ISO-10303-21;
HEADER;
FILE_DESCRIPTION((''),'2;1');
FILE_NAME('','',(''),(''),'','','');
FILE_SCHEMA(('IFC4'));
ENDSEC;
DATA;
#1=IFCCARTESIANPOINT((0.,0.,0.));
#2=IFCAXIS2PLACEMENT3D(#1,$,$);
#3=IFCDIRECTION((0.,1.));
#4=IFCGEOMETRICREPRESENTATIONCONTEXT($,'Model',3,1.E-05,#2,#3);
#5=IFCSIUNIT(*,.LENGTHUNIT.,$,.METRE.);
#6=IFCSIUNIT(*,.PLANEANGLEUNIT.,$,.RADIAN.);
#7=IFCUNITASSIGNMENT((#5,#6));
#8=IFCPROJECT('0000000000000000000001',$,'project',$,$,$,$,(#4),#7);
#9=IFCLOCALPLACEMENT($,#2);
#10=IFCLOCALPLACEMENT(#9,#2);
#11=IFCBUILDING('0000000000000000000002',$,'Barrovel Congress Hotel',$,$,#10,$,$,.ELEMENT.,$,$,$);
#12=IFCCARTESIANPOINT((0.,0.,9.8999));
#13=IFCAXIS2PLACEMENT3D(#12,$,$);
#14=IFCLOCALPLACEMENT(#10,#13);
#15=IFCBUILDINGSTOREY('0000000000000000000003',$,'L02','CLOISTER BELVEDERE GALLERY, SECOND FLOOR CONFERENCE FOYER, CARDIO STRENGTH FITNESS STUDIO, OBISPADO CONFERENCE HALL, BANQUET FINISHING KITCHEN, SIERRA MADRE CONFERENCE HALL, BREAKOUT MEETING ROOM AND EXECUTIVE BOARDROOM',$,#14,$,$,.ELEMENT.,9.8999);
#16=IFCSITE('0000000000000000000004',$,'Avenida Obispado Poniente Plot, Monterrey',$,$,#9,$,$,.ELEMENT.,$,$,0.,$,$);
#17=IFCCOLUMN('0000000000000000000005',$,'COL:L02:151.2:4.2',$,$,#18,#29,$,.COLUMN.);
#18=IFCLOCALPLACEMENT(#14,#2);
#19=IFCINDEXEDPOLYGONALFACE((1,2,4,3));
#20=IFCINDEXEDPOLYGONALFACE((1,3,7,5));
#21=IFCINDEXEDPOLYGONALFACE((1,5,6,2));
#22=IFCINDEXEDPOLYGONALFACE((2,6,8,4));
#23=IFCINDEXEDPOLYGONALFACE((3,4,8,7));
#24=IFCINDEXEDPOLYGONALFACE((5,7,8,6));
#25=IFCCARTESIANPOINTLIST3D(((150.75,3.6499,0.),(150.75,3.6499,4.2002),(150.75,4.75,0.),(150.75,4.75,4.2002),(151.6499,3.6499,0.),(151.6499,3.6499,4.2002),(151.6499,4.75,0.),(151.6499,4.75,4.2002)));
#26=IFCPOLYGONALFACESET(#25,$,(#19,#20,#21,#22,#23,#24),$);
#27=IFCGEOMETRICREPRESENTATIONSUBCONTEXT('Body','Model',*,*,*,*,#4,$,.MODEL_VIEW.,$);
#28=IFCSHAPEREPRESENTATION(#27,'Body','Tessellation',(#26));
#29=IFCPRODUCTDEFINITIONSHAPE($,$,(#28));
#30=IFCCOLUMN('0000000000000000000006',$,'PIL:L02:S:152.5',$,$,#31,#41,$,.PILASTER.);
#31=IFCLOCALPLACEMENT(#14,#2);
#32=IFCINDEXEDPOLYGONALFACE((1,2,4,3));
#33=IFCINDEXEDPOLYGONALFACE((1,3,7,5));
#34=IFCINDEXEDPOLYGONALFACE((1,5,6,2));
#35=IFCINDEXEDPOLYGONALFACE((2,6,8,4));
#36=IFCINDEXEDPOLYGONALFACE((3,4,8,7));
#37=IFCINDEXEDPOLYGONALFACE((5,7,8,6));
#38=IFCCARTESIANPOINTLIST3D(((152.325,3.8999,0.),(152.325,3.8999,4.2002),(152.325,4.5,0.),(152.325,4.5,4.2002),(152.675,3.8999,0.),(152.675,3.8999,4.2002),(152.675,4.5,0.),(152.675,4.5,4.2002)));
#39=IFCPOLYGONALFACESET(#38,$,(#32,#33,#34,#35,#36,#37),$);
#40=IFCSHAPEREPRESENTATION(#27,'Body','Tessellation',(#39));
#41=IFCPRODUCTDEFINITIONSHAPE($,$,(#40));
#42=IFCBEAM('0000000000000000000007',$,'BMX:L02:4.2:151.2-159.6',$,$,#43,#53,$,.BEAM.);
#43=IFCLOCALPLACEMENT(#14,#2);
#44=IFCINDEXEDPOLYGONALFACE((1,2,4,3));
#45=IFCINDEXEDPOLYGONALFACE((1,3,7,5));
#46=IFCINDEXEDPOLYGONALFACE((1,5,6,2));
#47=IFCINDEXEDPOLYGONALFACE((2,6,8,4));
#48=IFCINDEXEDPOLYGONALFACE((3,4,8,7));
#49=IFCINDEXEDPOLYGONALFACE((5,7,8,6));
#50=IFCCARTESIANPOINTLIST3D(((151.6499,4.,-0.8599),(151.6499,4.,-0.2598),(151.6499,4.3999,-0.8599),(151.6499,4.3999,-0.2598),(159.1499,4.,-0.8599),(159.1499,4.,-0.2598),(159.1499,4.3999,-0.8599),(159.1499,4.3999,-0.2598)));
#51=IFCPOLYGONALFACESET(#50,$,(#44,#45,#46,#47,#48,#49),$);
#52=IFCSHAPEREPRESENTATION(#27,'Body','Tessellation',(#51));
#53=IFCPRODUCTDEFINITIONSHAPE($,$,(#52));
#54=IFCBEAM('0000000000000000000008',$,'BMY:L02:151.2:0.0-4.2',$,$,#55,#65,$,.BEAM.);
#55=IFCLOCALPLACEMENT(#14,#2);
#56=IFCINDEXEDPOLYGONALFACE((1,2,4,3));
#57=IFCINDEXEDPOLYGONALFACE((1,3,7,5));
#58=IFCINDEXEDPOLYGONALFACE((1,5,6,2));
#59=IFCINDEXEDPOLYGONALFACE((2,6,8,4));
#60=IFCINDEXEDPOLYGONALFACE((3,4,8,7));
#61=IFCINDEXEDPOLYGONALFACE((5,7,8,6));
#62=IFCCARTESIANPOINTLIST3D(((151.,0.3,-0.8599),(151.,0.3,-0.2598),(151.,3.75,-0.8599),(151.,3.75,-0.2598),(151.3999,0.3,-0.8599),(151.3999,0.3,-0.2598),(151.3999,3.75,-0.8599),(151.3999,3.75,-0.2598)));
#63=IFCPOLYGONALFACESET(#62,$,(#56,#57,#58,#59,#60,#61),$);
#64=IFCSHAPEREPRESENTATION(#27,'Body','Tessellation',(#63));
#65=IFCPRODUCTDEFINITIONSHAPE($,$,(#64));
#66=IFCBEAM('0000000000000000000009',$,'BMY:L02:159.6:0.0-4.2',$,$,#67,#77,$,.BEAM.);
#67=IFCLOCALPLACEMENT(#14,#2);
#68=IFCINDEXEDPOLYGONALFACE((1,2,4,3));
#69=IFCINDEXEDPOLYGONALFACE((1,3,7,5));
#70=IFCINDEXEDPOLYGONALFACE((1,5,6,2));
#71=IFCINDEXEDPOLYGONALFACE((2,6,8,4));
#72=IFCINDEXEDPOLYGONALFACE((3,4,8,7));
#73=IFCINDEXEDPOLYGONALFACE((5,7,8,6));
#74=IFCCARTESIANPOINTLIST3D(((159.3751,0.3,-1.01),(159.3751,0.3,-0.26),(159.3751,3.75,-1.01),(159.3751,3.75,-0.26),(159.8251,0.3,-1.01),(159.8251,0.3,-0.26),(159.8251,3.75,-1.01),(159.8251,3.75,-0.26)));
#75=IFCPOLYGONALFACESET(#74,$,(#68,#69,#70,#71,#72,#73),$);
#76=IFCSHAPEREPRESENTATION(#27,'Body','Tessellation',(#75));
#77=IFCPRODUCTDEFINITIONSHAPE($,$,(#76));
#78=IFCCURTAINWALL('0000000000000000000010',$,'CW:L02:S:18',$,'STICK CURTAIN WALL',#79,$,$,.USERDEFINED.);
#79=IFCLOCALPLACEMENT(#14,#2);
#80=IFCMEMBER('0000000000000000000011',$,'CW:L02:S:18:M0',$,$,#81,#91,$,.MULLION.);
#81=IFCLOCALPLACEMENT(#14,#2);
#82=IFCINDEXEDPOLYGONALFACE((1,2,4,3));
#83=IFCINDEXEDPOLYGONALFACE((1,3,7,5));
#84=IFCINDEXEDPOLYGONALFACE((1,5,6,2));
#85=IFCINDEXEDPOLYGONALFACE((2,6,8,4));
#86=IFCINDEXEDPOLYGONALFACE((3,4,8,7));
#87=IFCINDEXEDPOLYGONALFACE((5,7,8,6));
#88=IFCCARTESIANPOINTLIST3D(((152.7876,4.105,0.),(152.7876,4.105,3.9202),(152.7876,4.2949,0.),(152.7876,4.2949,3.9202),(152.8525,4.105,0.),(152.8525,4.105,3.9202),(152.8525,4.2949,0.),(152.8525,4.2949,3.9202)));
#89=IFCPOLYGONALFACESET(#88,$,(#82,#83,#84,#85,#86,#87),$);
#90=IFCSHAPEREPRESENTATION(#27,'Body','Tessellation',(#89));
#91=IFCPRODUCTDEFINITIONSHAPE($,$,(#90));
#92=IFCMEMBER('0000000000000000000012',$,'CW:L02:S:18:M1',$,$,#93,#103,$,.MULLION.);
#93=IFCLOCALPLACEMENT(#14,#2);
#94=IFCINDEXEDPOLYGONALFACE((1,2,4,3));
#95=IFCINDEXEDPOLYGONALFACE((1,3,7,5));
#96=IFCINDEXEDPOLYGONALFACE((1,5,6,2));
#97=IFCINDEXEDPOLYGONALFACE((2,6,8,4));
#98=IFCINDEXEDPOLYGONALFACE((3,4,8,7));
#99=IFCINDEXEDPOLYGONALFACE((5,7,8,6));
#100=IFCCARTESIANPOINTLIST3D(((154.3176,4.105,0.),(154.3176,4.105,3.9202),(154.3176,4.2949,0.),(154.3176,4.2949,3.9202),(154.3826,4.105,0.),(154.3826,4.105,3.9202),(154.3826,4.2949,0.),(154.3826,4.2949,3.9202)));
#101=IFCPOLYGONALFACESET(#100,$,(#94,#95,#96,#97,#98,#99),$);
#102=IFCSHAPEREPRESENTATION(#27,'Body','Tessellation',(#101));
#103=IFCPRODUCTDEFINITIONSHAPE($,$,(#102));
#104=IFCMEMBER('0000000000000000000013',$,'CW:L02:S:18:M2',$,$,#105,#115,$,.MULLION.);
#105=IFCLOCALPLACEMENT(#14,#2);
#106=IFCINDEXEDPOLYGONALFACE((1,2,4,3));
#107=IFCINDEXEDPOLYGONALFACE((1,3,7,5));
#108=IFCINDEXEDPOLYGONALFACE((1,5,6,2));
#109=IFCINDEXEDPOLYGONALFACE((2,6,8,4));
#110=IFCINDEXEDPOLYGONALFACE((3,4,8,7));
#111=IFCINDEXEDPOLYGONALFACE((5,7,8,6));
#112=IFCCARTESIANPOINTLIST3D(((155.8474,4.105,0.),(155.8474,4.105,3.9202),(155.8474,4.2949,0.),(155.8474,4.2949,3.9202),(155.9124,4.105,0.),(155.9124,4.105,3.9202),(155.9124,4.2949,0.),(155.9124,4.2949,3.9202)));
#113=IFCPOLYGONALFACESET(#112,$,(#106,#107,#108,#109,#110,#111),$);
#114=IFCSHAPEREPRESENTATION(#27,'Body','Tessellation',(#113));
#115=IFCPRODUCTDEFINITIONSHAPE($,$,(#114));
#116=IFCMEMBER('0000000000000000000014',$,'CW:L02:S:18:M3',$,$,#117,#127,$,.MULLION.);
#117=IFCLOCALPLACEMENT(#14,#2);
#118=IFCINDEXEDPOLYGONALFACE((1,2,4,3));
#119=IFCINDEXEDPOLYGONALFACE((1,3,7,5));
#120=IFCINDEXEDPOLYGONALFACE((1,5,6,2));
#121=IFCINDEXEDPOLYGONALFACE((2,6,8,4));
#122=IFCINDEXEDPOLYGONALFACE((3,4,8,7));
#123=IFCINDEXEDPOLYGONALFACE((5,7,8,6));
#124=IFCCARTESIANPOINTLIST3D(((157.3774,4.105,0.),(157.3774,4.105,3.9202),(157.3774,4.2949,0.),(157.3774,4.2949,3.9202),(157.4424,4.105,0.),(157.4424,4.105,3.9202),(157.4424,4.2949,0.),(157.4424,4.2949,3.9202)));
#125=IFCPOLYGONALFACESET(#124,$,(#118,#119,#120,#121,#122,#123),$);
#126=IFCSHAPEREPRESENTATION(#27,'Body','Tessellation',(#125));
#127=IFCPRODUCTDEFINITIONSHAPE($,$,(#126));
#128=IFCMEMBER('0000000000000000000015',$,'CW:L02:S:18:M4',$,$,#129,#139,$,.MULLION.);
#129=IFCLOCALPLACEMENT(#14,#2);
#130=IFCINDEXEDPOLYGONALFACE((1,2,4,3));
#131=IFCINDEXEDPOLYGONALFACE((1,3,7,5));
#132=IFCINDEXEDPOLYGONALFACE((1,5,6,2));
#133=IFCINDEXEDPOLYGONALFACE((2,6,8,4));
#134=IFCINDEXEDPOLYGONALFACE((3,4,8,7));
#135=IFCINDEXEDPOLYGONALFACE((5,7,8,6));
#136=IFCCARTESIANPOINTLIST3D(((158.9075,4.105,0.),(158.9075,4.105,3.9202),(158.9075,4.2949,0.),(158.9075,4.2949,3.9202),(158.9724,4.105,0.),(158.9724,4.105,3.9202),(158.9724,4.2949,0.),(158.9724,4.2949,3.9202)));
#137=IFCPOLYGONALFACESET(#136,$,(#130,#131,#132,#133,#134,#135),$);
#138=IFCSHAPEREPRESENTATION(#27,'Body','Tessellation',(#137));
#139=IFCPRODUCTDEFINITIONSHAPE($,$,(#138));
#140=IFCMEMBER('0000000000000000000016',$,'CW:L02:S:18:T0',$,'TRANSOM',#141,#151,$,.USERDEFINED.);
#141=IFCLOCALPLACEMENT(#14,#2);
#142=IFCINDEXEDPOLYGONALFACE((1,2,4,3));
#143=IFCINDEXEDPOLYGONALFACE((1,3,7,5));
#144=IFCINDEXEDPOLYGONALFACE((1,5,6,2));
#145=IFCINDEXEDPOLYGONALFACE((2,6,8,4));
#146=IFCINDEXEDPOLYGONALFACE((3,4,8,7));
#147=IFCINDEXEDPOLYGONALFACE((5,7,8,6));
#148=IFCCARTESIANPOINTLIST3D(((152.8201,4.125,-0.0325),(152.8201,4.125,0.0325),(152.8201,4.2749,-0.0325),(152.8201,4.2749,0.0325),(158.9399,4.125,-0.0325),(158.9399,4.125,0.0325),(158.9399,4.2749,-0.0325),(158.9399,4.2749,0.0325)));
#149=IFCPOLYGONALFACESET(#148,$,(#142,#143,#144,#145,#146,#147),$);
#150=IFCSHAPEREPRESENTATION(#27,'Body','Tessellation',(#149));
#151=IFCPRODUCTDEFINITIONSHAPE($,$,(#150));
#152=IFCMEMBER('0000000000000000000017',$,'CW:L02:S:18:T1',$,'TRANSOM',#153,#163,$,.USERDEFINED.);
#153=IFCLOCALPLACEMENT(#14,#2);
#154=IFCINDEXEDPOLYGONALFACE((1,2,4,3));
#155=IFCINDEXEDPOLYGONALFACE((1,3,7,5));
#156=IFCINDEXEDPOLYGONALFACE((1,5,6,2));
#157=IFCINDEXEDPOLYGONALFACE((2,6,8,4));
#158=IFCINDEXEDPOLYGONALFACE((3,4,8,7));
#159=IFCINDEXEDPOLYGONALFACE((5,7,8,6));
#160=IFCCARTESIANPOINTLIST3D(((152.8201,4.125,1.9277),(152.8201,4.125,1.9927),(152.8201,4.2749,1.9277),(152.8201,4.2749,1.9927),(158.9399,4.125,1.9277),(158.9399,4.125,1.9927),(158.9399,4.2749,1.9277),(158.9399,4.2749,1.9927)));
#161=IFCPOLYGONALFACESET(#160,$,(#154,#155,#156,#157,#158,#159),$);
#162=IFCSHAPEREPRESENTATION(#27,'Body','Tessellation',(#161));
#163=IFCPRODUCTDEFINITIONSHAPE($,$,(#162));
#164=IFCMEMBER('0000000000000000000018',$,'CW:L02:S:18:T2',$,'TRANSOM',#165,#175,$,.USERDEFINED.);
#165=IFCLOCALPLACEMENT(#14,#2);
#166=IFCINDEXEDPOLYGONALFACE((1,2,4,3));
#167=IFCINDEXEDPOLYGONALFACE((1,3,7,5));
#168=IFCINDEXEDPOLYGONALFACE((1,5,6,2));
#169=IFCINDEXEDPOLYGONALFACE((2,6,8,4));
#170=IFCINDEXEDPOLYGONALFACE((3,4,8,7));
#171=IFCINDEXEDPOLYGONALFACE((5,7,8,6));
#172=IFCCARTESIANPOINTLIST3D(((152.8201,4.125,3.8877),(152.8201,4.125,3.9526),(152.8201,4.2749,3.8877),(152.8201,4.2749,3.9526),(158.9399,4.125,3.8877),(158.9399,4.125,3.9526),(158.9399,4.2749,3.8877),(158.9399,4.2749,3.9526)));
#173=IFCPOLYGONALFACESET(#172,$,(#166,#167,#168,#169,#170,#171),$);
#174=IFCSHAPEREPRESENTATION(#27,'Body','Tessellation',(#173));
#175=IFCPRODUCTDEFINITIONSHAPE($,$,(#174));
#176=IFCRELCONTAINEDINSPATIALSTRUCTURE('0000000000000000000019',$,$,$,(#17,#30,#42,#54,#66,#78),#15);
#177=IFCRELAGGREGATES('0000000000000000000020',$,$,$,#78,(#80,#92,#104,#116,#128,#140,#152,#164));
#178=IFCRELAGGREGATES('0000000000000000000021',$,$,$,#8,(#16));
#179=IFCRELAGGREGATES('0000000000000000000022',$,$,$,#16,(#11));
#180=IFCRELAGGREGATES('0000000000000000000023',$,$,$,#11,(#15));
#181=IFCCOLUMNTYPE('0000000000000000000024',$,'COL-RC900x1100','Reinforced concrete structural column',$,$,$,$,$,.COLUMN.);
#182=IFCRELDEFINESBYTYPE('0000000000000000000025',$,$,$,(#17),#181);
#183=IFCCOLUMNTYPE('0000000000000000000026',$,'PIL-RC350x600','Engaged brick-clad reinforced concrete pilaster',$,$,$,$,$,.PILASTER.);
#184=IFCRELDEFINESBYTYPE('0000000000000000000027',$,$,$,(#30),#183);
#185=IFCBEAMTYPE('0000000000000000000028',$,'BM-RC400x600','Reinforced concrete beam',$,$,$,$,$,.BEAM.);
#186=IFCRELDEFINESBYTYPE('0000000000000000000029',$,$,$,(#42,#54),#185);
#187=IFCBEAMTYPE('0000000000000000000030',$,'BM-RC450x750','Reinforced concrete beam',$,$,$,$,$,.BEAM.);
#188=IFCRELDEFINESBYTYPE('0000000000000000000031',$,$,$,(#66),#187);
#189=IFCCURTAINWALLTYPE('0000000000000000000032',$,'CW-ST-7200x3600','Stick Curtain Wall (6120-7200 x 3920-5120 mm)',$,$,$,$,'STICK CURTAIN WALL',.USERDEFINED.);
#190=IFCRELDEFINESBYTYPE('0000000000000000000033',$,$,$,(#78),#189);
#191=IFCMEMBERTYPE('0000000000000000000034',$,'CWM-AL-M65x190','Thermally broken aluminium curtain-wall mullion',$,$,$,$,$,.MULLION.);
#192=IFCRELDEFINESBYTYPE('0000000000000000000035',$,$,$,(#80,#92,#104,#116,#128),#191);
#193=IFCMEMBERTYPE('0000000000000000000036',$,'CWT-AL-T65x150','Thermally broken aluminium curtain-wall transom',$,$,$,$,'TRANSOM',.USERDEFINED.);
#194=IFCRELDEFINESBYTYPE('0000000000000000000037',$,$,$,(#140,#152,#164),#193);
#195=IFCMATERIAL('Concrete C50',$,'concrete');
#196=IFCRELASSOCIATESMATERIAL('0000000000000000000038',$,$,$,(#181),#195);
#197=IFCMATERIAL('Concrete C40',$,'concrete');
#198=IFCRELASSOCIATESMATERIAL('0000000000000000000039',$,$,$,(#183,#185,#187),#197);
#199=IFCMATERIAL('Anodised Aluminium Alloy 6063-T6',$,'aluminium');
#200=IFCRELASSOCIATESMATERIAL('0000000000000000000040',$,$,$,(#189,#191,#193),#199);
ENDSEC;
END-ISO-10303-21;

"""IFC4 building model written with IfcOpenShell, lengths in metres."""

from ifc_helpers import new_model, si_unit, direction, frame, origin, origin_2d, place, context, subcontext, project, spatial, rectangle, extrude, material, material_profile, profile_set, type_object, element, aggregate, save


model = new_model("IFC4")

# Units and contexts
model_context = context("Model", 3, precision=1e-05, world=origin(), true_north=direction((0.0, 1.0)))
body_context = subcontext(model_context, "Body", "Model", "MODEL_VIEW")
ifc_project = project(units=[si_unit("LENGTHUNIT", "METRE"), si_unit("PLANEANGLEUNIT", "RADIAN")], contexts=[model_context])

# Site, building, storey
site_placement = place(None, origin())
site = spatial("IfcSite", under=ifc_project, at=site_placement, Name="Avenida Obispado Poniente Plot, Monterrey", CompositionType="ELEMENT", RefElevation=0.0)
building_placement = place(site_placement, origin())
building = spatial("IfcBuilding", under=site, at=building_placement, Name="Barrovel Congress Hotel", CompositionType="ELEMENT")
storey_placement = place(building_placement, frame((0.0, 0.0, 9.8999)))
storey = spatial("IfcBuildingStorey", under=building, at=storey_placement, Name="L02", Description="CLOISTER BELVEDERE GALLERY, SECOND FLOOR CONFERENCE FOYER, CARDIO STRENGTH FITNESS STUDIO, OBISPADO CONFERENCE HALL, BANQUET FINISHING KITCHEN, SIERRA MADRE CONFERENCE HALL, BREAKOUT MEETING ROOM AND EXECUTIVE BOARDROOM", CompositionType="ELEMENT", Elevation=9.8999)

# Columns
ifc_material_1 = material(Name="Concrete C50", Category="concrete")
ifc_material_profile_1 = material_profile(ifc_material_1, rectangle(XDim=0.8999, YDim=1.1001, at=origin_2d()), Name="RC900x1100")
ifc_profile_set_1 = profile_set([ifc_material_profile_1], Name="Concrete C50")
column_type_1 = type_object("IfcColumnType", Name="COL-RC900x1100", Description="Reinforced concrete structural column", PredefinedType="COLUMN", material=ifc_profile_set_1)
column_1_placement = place(storey_placement, frame((151.2, 4.2, 0.0), z_axis=(0.0, 0.0, 1.0), x_axis=(1.0, 0.0, 0.0)))
element("IfcColumn", 1, at=column_1_placement, inside=storey, type_object=column_type_1, Name="COL:L02:151.2:4.2", PredefinedType="COLUMN", context=body_context, shape_type="SweptSolid", body=[
    extrude(rectangle(XDim=0.8999, YDim=1.1001, at=origin_2d()), origin(), (0.0, 0.0, 1.0), 4.2002),
])
ifc_material_2 = material(Name="Concrete C40", Category="concrete")
ifc_material_profile_2 = material_profile(ifc_material_2, rectangle(XDim=0.3501, YDim=0.6001, at=origin_2d()), Name="RC350x600")
ifc_profile_set_2 = profile_set([ifc_material_profile_2], Name="Concrete C40")
column_type_2 = type_object("IfcColumnType", Name="PIL-RC350x600", Description="Engaged brick-clad reinforced concrete pilaster", PredefinedType="PILASTER", material=ifc_profile_set_2)
column_2_placement = place(storey_placement, frame((152.5, 4.2, 0.0), z_axis=(0.0, 0.0, 1.0), x_axis=(1.0, 0.0, 0.0)))
element("IfcColumn", 2, at=column_2_placement, inside=storey, type_object=column_type_2, Name="PIL:L02:S:152.5", PredefinedType="PILASTER", context=body_context, shape_type="SweptSolid", body=[
    extrude(rectangle(XDim=0.3501, YDim=0.6001, at=origin_2d()), origin(), (0.0, 0.0, 1.0), 4.2002),
])

# Beams
ifc_material_profile_3 = material_profile(ifc_material_2, rectangle(XDim=0.3999, YDim=0.6001, at=origin_2d()), Name="RC400x600")
ifc_profile_set_3 = profile_set([ifc_material_profile_3], Name="Concrete C40")
beam_type_1 = type_object("IfcBeamType", Name="BM-RC400x600", Description="Reinforced concrete beam", PredefinedType="BEAM", material=ifc_profile_set_3)
beam_1_placement = place(storey_placement, frame((151.6499, 4.2, -0.5598), z_axis=(1.0, 0.0, 0.0), x_axis=(0.0, 1.0, 0.0)))
element("IfcBeam", 3, at=beam_1_placement, inside=storey, type_object=beam_type_1, Name="BMX:L02:4.2:151.2-159.6", PredefinedType="BEAM", context=body_context, shape_type="SweptSolid", body=[
    extrude(rectangle(XDim=0.3999, YDim=0.6001, at=origin_2d()), origin(), (0.0, 0.0, 1.0), 7.5),
])
beam_2_placement = place(storey_placement, frame((151.2, 0.3, -0.5598), z_axis=(0.0, 1.0, 0.0), x_axis=(-1.0, 0.0, 0.0)))
element("IfcBeam", 4, at=beam_2_placement, inside=storey, type_object=beam_type_1, Name="BMY:L02:151.2:0.0-4.2", PredefinedType="BEAM", context=body_context, shape_type="SweptSolid", body=[
    extrude(rectangle(XDim=0.3999, YDim=0.6001, at=origin_2d()), origin(), (0.0, 0.0, 1.0), 3.45),
])
ifc_material_profile_4 = material_profile(ifc_material_2, rectangle(XDim=0.45, YDim=0.75, at=origin_2d()), Name="RC450x750")
ifc_profile_set_4 = profile_set([ifc_material_profile_4], Name="Concrete C40")
beam_type_2 = type_object("IfcBeamType", Name="BM-RC450x750", Description="Reinforced concrete beam", PredefinedType="BEAM", material=ifc_profile_set_4)
beam_3_placement = place(storey_placement, frame((159.6001, 0.3, -0.635), z_axis=(0.0, 1.0, 0.0), x_axis=(-1.0, 0.0, 0.0)))
element("IfcBeam", 5, at=beam_3_placement, inside=storey, type_object=beam_type_2, Name="BMY:L02:159.6:0.0-4.2", PredefinedType="BEAM", context=body_context, shape_type="SweptSolid", body=[
    extrude(rectangle(XDim=0.45, YDim=0.75, at=origin_2d()), origin(), (0.0, 0.0, 1.0), 3.45),
])

# Curtain wall, members
ifc_material_3 = material(Name="Anodised Aluminium Alloy 6063-T6", Category="aluminium")
curtain_wall_type = type_object("IfcCurtainWallType", Name="CW-ST-7200x3600", Description="Stick Curtain Wall (6120-7200 x 3920-5120 mm)", ElementType="STICK CURTAIN WALL", PredefinedType="USERDEFINED", material=ifc_material_3)
curtain_wall_placement = place(storey_placement, origin())
curtain_wall = element("IfcCurtainWall", 6, at=curtain_wall_placement, inside=storey, type_object=curtain_wall_type, Name="CW:L02:S:18", ObjectType="STICK CURTAIN WALL", PredefinedType="USERDEFINED")
ifc_material_profile_5 = material_profile(ifc_material_3, rectangle(XDim=0.0649, YDim=0.1899, at=origin_2d()), Name="AL-M65x190")
ifc_profile_set_5 = profile_set([ifc_material_profile_5], Name="Anodised Aluminium Alloy 6063-T6")
member_type_1 = type_object("IfcMemberType", Name="CWM-AL-M65x190", Description="Thermally broken aluminium curtain-wall mullion", PredefinedType="MULLION", material=ifc_profile_set_5)
member_1_placement = place(storey_placement, frame((152.8201, 4.2, 0.0), z_axis=(0.0, 0.0, 1.0), x_axis=(1.0, 0.0, 0.0)))
member_1 = element("IfcMember", 7, at=member_1_placement, type_object=member_type_1, Name="CW:L02:S:18:M0", PredefinedType="MULLION", context=body_context, shape_type="SweptSolid", body=[
    extrude(rectangle(XDim=0.0649, YDim=0.1899, at=origin_2d()), origin(), (0.0, 0.0, 1.0), 3.9202),
])
member_2_placement = place(storey_placement, frame((154.3501, 4.2, 0.0), z_axis=(0.0, 0.0, 1.0), x_axis=(1.0, 0.0, 0.0)))
member_2 = element("IfcMember", 8, at=member_2_placement, type_object=member_type_1, Name="CW:L02:S:18:M1", PredefinedType="MULLION", context=body_context, shape_type="SweptSolid", body=[
    extrude(rectangle(XDim=0.0649, YDim=0.1899, at=origin_2d()), origin(), (0.0, 0.0, 1.0), 3.9202),
])
member_3_placement = place(storey_placement, frame((155.8799, 4.2, 0.0), z_axis=(0.0, 0.0, 1.0), x_axis=(1.0, 0.0, 0.0)))
member_3 = element("IfcMember", 9, at=member_3_placement, type_object=member_type_1, Name="CW:L02:S:18:M2", PredefinedType="MULLION", context=body_context, shape_type="SweptSolid", body=[
    extrude(rectangle(XDim=0.0649, YDim=0.1899, at=origin_2d()), origin(), (0.0, 0.0, 1.0), 3.9202),
])
member_4_placement = place(storey_placement, frame((157.4099, 4.2, 0.0), z_axis=(0.0, 0.0, 1.0), x_axis=(1.0, 0.0, 0.0)))
member_4 = element("IfcMember", 10, at=member_4_placement, type_object=member_type_1, Name="CW:L02:S:18:M3", PredefinedType="MULLION", context=body_context, shape_type="SweptSolid", body=[
    extrude(rectangle(XDim=0.0649, YDim=0.1899, at=origin_2d()), origin(), (0.0, 0.0, 1.0), 3.9202),
])
member_5_placement = place(storey_placement, frame((158.9399, 4.2, 0.0), z_axis=(0.0, 0.0, 1.0), x_axis=(1.0, 0.0, 0.0)))
member_5 = element("IfcMember", 11, at=member_5_placement, type_object=member_type_1, Name="CW:L02:S:18:M4", PredefinedType="MULLION", context=body_context, shape_type="SweptSolid", body=[
    extrude(rectangle(XDim=0.0649, YDim=0.1899, at=origin_2d()), origin(), (0.0, 0.0, 1.0), 3.9202),
])
ifc_material_profile_6 = material_profile(ifc_material_3, rectangle(XDim=0.1499, YDim=0.0649, at=origin_2d()), Name="AL-T65x150")
ifc_profile_set_6 = profile_set([ifc_material_profile_6], Name="Anodised Aluminium Alloy 6063-T6")
member_type_2 = type_object("IfcMemberType", Name="CWT-AL-T65x150", Description="Thermally broken aluminium curtain-wall transom", ElementType="TRANSOM", PredefinedType="USERDEFINED", material=ifc_profile_set_6)
member_6_placement = place(storey_placement, frame((152.8201, 4.2, 0.0), z_axis=(1.0, 0.0, 0.0), x_axis=(0.0, 1.0, 0.0)))
member_6 = element("IfcMember", 12, at=member_6_placement, type_object=member_type_2, Name="CW:L02:S:18:T0", ObjectType="TRANSOM", PredefinedType="USERDEFINED", context=body_context, shape_type="SweptSolid", body=[
    extrude(rectangle(XDim=0.1499, YDim=0.0649, at=origin_2d()), origin(), (0.0, 0.0, 1.0), 6.1199),
])
member_7_placement = place(storey_placement, frame((152.8201, 4.2, 1.9602), z_axis=(1.0, 0.0, 0.0), x_axis=(0.0, 1.0, 0.0)))
member_7 = element("IfcMember", 13, at=member_7_placement, type_object=member_type_2, Name="CW:L02:S:18:T1", ObjectType="TRANSOM", PredefinedType="USERDEFINED", context=body_context, shape_type="SweptSolid", body=[
    extrude(rectangle(XDim=0.1499, YDim=0.0649, at=origin_2d()), origin(), (0.0, 0.0, 1.0), 6.1199),
])
member_8_placement = place(storey_placement, frame((152.8201, 4.2, 3.9202), z_axis=(1.0, 0.0, 0.0), x_axis=(0.0, 1.0, 0.0)))
member_8 = element("IfcMember", 14, at=member_8_placement, type_object=member_type_2, Name="CW:L02:S:18:T2", ObjectType="TRANSOM", PredefinedType="USERDEFINED", context=body_context, shape_type="SweptSolid", body=[
    extrude(rectangle(XDim=0.1499, YDim=0.0649, at=origin_2d()), origin(), (0.0, 0.0, 1.0), 6.1199),
])

aggregate(curtain_wall, [member_1, member_2, member_3, member_4, member_5, member_6, member_7, member_8])

save(model, "model.ifc")
